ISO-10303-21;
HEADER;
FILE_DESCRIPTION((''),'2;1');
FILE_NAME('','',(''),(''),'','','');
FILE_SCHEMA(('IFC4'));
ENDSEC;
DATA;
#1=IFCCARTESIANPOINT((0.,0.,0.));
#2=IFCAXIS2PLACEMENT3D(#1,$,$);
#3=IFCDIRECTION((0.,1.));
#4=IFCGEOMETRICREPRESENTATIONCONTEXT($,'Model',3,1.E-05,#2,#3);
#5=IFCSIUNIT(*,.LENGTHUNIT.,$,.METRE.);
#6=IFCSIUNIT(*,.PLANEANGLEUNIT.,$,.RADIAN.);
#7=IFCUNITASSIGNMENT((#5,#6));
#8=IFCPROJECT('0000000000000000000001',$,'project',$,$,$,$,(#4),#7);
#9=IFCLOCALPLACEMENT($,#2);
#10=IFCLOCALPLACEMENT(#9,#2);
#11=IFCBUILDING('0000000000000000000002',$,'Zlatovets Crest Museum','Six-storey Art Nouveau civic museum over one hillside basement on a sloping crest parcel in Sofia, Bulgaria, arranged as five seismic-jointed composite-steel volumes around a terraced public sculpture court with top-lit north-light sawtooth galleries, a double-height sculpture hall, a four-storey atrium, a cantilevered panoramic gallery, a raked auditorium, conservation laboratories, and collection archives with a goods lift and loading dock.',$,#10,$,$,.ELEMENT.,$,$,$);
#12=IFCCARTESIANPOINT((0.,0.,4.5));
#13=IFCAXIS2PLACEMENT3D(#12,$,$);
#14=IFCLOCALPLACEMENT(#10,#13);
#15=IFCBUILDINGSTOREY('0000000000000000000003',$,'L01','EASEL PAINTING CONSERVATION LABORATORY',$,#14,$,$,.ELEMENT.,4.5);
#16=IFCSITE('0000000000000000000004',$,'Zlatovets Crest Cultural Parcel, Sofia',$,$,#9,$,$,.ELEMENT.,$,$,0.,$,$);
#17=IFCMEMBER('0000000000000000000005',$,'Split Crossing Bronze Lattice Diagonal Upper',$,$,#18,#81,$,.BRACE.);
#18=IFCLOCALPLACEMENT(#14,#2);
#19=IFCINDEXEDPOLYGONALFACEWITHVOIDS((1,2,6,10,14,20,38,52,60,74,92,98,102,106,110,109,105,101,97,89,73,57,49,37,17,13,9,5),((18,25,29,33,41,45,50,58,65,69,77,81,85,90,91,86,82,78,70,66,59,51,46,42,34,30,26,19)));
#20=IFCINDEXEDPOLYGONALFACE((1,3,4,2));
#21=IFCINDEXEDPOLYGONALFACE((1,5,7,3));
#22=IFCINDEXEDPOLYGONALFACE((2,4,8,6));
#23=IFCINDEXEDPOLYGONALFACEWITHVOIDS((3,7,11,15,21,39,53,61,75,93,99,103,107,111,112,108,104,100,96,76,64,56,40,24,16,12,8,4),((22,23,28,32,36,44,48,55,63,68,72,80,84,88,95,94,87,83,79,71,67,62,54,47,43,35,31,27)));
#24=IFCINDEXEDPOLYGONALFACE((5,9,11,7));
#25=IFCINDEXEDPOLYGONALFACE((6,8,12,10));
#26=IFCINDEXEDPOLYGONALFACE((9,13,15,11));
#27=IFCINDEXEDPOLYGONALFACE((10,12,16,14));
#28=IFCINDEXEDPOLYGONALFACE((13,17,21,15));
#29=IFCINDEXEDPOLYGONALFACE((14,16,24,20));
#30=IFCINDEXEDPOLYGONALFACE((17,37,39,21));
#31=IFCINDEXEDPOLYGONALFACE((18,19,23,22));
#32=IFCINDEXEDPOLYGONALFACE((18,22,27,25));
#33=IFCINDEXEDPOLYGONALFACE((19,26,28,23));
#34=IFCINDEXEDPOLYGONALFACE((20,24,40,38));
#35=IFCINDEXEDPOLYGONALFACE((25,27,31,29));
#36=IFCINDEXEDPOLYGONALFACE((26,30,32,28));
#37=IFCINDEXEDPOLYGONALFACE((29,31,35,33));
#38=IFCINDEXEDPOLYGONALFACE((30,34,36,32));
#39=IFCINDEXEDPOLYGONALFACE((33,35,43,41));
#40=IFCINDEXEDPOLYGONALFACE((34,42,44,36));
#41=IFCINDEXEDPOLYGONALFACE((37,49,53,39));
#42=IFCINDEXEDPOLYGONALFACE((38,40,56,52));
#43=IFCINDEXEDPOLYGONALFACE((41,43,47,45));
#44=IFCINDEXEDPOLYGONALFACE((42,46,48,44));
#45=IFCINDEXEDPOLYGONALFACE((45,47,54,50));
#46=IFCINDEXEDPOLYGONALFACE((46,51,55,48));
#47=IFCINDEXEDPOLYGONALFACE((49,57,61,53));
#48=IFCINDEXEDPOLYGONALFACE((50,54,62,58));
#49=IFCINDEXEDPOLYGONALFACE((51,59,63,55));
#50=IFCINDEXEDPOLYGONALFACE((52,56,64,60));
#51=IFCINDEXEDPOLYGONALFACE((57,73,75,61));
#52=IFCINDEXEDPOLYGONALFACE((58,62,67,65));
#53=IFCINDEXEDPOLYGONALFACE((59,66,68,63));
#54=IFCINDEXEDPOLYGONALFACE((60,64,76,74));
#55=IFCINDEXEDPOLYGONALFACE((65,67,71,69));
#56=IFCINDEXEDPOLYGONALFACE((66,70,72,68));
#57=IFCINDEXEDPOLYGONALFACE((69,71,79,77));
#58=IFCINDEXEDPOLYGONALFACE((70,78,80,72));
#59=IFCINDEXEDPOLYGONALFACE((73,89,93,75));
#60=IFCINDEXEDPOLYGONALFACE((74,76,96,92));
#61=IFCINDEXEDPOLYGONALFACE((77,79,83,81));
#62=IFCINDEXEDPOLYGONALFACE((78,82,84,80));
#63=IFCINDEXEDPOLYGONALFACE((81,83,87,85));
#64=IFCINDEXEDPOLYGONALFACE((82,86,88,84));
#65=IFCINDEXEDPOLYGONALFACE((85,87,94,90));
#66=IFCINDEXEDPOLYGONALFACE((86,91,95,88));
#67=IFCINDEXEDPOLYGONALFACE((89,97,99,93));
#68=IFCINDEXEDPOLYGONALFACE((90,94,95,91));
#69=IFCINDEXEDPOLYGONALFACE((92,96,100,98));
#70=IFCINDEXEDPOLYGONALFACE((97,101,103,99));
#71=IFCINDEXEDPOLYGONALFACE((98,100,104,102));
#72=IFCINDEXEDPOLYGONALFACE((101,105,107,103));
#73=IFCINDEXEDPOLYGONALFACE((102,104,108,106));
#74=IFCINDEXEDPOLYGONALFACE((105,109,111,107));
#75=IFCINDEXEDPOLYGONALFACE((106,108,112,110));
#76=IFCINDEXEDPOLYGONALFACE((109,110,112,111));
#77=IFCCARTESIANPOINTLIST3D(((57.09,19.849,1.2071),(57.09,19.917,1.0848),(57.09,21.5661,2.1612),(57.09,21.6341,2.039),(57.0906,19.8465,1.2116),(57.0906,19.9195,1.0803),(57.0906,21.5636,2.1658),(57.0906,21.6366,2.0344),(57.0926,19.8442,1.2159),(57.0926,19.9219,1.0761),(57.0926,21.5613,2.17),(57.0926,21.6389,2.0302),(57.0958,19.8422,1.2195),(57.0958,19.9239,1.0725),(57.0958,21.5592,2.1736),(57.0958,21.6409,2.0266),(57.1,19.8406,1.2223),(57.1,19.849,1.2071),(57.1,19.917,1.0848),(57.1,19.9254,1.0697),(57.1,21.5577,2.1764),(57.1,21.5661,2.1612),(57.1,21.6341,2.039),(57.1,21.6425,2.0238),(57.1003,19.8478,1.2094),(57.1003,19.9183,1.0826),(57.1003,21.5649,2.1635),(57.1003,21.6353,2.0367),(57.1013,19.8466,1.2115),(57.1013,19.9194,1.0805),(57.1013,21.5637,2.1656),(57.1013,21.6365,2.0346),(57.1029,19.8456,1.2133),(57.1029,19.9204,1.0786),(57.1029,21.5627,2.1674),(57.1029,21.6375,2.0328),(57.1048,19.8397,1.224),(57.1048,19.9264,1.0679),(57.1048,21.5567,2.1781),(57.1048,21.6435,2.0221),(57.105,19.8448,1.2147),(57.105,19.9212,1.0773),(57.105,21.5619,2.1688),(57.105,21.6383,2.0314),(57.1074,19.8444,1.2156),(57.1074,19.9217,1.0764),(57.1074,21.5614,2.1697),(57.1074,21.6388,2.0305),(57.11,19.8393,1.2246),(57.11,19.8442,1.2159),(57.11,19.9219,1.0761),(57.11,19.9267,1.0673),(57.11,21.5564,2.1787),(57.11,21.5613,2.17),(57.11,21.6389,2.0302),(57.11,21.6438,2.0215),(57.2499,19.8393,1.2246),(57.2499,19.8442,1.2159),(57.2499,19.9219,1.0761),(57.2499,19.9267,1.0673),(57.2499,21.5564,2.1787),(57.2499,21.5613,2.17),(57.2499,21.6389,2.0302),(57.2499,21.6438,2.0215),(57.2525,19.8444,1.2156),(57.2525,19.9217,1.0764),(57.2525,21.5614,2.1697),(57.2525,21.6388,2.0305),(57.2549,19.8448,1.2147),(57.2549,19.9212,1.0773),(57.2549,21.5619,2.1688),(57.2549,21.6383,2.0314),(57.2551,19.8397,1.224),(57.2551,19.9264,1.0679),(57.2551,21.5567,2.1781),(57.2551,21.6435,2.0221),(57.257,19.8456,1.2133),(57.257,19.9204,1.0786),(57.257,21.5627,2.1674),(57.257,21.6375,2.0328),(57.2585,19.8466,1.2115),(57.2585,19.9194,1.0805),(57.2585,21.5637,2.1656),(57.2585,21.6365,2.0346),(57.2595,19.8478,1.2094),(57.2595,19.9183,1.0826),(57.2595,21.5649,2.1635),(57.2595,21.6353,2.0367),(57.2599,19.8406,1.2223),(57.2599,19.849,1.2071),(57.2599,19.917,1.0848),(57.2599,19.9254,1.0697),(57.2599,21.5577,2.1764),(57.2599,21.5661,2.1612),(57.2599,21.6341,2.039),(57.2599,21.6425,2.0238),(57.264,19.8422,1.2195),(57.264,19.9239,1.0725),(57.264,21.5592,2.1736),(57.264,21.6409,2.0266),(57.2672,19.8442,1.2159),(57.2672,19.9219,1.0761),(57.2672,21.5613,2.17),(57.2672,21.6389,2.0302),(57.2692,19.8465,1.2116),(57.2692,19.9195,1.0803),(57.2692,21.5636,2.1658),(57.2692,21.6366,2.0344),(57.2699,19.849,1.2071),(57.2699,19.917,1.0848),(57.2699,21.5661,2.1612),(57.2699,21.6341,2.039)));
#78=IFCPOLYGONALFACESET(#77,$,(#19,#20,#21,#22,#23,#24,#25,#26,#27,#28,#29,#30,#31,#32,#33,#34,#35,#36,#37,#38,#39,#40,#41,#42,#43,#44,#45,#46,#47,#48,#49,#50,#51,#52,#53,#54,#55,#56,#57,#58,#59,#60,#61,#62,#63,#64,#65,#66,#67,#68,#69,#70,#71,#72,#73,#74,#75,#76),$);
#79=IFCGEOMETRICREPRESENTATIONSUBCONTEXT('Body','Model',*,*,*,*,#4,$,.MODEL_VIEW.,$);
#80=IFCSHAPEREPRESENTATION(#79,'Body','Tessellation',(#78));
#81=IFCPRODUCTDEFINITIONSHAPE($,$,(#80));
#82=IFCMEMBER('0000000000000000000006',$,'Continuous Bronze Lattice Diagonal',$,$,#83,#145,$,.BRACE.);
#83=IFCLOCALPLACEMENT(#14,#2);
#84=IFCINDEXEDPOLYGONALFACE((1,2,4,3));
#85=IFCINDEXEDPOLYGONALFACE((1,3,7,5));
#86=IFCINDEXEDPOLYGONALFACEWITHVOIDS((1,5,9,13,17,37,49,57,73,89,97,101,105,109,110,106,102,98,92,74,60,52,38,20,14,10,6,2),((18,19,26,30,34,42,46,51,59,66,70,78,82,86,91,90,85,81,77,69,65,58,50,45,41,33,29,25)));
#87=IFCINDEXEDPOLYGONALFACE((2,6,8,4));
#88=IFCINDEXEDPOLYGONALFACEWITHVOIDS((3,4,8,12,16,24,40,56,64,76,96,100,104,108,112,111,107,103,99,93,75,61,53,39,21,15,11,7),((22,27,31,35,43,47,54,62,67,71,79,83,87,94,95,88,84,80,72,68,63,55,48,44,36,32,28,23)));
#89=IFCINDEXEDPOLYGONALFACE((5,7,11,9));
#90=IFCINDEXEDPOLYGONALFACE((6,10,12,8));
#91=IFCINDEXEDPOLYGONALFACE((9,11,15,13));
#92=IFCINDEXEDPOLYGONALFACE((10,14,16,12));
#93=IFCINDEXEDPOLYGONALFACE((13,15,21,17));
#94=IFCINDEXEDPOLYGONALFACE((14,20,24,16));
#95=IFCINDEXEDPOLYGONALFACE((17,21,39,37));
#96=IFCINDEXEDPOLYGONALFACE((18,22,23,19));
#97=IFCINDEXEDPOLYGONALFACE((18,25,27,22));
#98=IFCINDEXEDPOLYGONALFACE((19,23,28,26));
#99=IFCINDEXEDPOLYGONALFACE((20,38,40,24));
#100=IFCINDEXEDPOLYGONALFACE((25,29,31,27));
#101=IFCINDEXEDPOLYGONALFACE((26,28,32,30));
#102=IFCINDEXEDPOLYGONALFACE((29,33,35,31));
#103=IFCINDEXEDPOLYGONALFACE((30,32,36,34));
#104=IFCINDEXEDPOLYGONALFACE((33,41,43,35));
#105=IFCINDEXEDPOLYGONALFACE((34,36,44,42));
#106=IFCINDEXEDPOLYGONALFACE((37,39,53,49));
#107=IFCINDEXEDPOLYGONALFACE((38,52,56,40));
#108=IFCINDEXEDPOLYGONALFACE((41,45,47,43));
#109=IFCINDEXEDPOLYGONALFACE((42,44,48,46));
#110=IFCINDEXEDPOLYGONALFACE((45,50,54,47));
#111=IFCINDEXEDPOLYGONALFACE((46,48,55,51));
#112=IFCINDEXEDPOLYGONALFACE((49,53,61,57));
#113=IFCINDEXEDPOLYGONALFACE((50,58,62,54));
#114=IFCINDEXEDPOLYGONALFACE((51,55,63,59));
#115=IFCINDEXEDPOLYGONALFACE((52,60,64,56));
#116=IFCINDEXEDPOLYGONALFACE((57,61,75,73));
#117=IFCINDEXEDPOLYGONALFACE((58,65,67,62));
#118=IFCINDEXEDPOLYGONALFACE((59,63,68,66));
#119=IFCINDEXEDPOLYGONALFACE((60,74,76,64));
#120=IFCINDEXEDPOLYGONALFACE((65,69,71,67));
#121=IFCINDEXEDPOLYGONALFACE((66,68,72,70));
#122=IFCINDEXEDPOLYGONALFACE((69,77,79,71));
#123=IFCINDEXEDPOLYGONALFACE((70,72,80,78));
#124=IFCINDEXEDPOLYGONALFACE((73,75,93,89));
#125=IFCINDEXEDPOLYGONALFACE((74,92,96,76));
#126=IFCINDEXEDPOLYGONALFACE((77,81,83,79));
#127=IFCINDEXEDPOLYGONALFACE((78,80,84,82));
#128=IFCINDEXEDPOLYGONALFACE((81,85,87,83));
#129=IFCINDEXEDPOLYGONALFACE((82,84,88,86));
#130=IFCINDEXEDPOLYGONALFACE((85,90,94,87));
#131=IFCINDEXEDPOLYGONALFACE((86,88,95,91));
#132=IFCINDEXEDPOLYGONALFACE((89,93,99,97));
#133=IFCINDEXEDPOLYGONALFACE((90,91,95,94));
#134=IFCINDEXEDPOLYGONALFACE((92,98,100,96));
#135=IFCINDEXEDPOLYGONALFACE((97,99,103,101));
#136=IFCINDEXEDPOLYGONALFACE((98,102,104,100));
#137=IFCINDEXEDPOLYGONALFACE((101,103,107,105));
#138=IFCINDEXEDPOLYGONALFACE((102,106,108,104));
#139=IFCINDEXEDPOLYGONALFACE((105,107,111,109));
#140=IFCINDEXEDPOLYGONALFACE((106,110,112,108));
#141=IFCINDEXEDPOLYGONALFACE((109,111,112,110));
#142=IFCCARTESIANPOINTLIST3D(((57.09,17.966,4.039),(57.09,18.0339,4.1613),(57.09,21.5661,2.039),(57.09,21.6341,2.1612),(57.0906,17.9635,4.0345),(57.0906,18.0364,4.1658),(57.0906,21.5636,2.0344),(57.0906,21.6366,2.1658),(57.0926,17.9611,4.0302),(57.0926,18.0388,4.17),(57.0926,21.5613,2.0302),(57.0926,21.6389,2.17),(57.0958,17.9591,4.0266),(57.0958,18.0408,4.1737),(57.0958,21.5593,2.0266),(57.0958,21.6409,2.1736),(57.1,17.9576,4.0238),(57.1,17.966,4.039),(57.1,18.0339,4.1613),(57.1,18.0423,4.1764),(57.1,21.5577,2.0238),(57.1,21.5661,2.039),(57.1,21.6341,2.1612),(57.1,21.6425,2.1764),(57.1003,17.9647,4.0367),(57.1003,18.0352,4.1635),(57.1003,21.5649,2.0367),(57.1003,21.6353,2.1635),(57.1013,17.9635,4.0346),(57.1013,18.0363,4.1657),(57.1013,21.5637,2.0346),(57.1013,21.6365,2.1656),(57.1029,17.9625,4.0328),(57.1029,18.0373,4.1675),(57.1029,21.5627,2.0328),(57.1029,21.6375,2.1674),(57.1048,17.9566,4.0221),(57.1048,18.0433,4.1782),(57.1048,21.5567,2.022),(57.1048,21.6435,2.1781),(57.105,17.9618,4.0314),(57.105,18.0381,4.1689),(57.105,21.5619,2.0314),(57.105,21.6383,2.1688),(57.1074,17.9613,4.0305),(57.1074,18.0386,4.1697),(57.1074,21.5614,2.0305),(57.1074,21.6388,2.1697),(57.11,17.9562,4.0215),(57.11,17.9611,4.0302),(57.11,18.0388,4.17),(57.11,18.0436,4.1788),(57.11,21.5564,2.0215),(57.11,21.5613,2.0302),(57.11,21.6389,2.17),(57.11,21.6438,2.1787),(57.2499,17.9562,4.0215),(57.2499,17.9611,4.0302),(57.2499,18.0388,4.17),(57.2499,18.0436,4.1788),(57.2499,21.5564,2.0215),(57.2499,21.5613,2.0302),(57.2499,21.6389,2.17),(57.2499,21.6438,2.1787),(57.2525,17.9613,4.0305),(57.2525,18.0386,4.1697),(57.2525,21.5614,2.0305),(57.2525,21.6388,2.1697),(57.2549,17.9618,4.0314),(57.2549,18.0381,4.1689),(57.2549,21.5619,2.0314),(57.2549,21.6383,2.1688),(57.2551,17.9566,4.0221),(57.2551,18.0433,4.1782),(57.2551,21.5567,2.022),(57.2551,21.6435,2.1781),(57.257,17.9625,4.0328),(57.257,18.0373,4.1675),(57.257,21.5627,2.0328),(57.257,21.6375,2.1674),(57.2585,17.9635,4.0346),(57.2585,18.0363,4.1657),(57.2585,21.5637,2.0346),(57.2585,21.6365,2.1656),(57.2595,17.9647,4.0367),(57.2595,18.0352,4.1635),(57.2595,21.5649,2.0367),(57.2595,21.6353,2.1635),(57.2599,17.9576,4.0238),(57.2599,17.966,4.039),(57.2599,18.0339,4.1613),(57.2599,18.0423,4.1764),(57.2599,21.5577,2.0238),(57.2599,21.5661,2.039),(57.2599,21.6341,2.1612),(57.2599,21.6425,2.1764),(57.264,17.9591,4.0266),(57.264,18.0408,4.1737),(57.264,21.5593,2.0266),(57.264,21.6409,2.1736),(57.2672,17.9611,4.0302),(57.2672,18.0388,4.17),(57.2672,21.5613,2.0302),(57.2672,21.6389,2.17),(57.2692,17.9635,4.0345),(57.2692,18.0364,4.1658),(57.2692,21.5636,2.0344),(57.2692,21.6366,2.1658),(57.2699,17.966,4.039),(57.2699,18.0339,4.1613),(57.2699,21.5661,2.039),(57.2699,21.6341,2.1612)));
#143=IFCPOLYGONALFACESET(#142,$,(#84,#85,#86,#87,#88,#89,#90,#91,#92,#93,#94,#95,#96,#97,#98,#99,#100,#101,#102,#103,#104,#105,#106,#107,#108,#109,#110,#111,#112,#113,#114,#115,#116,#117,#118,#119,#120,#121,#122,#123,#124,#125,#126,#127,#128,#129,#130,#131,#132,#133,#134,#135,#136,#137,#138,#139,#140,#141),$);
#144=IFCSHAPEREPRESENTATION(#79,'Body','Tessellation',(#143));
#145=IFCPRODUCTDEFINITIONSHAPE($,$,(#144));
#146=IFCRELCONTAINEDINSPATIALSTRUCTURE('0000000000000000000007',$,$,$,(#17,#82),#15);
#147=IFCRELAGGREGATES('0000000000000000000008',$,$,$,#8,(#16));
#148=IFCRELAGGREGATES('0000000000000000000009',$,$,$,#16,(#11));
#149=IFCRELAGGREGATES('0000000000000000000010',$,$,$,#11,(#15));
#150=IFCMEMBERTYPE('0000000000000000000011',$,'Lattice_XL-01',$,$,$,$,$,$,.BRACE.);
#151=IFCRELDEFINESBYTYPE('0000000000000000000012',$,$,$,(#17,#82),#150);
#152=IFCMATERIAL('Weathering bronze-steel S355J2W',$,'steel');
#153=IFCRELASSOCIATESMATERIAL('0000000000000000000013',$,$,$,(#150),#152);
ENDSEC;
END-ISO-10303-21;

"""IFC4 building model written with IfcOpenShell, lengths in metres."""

from ifc_helpers import new_model, si_unit, direction, frame, origin, origin_2d, place, context, subcontext, project, spatial, hollow_rectangle, extrude, material, material_profile, profile_set, type_object, element, save


model = new_model("IFC4")

# Units and contexts
model_context = context("Model", 3, precision=1e-05, world=origin(), true_north=direction((0.0, 1.0)))
body_context = subcontext(model_context, "Body", "Model", "MODEL_VIEW")
ifc_project = project(units=[si_unit("LENGTHUNIT", "METRE"), si_unit("PLANEANGLEUNIT", "RADIAN")], contexts=[model_context])

# Site, building, storey
site_placement = place(None, origin())
site = spatial("IfcSite", under=ifc_project, at=site_placement, Name="Zlatovets Crest Cultural Parcel, Sofia", CompositionType="ELEMENT", RefElevation=0.0)
building_placement = place(site_placement, origin())
building = spatial("IfcBuilding", under=site, at=building_placement, Name="Zlatovets Crest Museum", Description="Six-storey Art Nouveau civic museum over one hillside basement on a sloping crest parcel in Sofia, Bulgaria, arranged as five seismic-jointed composite-steel volumes around a terraced public sculpture court with top-lit north-light sawtooth galleries, a double-height sculpture hall, a four-storey atrium, a cantilevered panoramic gallery, a raked auditorium, conservation laboratories, and collection archives with a goods lift and loading dock.", CompositionType="ELEMENT")
storey_placement = place(building_placement, frame((0.0, 0.0, 4.5)))
storey = spatial("IfcBuildingStorey", under=building, at=storey_placement, Name="L01", Description="EASEL PAINTING CONSERVATION LABORATORY", CompositionType="ELEMENT", Elevation=4.5)

# Members
ifc_material_1 = material(Name="Weathering bronze-steel S355J2W", Category="steel")
ifc_material_profile_1 = material_profile(ifc_material_1, hollow_rectangle(XDim=0.1799, YDim=0.1799, WallThickness=0.01, InnerFilletRadius=0.01, OuterFilletRadius=0.02, at=origin_2d()), Name="SHS 180x180x10.0")
ifc_profile_set_1 = profile_set([ifc_material_profile_1], Name="Weathering bronze-steel S355J2W")
member_type_1 = type_object("IfcMemberType", Name="Lattice_XL-01", PredefinedType="BRACE", material=ifc_profile_set_1)
member_1_placement = place(storey_placement, frame((57.1799, 21.6001, 2.1001), z_axis=(0.0, -0.874116, -0.485717), x_axis=(1.0, 0.0, 0.0)))
element("IfcMember", 1, at=member_1_placement, inside=storey, type_object=member_type_1, Name="Split Crossing Bronze Lattice Diagonal Upper", PredefinedType="BRACE", context=body_context, shape_type="SweptSolid", body=[
    extrude(hollow_rectangle(XDim=0.1799, YDim=0.1799, WallThickness=0.01, InnerFilletRadius=0.01, OuterFilletRadius=0.02, at=origin_2d()), origin(), (0.0, 0.0, 1.0), 1.9644),
])
member_2_placement = place(storey_placement, frame((57.1799, 21.6001, 2.1001), z_axis=(0.0, -0.874163, 0.485633), x_axis=(1.0, 0.0, 0.0)))
element("IfcMember", 2, at=member_2_placement, inside=storey, type_object=member_type_1, Name="Continuous Bronze Lattice Diagonal", PredefinedType="BRACE", context=body_context, shape_type="SweptSolid", body=[
    extrude(hollow_rectangle(XDim=0.1799, YDim=0.1799, WallThickness=0.01, InnerFilletRadius=0.01, OuterFilletRadius=0.02, at=origin_2d()), origin(), (0.0, 0.0, 1.0), 4.1184),
])

save(model, "model.ifc")
